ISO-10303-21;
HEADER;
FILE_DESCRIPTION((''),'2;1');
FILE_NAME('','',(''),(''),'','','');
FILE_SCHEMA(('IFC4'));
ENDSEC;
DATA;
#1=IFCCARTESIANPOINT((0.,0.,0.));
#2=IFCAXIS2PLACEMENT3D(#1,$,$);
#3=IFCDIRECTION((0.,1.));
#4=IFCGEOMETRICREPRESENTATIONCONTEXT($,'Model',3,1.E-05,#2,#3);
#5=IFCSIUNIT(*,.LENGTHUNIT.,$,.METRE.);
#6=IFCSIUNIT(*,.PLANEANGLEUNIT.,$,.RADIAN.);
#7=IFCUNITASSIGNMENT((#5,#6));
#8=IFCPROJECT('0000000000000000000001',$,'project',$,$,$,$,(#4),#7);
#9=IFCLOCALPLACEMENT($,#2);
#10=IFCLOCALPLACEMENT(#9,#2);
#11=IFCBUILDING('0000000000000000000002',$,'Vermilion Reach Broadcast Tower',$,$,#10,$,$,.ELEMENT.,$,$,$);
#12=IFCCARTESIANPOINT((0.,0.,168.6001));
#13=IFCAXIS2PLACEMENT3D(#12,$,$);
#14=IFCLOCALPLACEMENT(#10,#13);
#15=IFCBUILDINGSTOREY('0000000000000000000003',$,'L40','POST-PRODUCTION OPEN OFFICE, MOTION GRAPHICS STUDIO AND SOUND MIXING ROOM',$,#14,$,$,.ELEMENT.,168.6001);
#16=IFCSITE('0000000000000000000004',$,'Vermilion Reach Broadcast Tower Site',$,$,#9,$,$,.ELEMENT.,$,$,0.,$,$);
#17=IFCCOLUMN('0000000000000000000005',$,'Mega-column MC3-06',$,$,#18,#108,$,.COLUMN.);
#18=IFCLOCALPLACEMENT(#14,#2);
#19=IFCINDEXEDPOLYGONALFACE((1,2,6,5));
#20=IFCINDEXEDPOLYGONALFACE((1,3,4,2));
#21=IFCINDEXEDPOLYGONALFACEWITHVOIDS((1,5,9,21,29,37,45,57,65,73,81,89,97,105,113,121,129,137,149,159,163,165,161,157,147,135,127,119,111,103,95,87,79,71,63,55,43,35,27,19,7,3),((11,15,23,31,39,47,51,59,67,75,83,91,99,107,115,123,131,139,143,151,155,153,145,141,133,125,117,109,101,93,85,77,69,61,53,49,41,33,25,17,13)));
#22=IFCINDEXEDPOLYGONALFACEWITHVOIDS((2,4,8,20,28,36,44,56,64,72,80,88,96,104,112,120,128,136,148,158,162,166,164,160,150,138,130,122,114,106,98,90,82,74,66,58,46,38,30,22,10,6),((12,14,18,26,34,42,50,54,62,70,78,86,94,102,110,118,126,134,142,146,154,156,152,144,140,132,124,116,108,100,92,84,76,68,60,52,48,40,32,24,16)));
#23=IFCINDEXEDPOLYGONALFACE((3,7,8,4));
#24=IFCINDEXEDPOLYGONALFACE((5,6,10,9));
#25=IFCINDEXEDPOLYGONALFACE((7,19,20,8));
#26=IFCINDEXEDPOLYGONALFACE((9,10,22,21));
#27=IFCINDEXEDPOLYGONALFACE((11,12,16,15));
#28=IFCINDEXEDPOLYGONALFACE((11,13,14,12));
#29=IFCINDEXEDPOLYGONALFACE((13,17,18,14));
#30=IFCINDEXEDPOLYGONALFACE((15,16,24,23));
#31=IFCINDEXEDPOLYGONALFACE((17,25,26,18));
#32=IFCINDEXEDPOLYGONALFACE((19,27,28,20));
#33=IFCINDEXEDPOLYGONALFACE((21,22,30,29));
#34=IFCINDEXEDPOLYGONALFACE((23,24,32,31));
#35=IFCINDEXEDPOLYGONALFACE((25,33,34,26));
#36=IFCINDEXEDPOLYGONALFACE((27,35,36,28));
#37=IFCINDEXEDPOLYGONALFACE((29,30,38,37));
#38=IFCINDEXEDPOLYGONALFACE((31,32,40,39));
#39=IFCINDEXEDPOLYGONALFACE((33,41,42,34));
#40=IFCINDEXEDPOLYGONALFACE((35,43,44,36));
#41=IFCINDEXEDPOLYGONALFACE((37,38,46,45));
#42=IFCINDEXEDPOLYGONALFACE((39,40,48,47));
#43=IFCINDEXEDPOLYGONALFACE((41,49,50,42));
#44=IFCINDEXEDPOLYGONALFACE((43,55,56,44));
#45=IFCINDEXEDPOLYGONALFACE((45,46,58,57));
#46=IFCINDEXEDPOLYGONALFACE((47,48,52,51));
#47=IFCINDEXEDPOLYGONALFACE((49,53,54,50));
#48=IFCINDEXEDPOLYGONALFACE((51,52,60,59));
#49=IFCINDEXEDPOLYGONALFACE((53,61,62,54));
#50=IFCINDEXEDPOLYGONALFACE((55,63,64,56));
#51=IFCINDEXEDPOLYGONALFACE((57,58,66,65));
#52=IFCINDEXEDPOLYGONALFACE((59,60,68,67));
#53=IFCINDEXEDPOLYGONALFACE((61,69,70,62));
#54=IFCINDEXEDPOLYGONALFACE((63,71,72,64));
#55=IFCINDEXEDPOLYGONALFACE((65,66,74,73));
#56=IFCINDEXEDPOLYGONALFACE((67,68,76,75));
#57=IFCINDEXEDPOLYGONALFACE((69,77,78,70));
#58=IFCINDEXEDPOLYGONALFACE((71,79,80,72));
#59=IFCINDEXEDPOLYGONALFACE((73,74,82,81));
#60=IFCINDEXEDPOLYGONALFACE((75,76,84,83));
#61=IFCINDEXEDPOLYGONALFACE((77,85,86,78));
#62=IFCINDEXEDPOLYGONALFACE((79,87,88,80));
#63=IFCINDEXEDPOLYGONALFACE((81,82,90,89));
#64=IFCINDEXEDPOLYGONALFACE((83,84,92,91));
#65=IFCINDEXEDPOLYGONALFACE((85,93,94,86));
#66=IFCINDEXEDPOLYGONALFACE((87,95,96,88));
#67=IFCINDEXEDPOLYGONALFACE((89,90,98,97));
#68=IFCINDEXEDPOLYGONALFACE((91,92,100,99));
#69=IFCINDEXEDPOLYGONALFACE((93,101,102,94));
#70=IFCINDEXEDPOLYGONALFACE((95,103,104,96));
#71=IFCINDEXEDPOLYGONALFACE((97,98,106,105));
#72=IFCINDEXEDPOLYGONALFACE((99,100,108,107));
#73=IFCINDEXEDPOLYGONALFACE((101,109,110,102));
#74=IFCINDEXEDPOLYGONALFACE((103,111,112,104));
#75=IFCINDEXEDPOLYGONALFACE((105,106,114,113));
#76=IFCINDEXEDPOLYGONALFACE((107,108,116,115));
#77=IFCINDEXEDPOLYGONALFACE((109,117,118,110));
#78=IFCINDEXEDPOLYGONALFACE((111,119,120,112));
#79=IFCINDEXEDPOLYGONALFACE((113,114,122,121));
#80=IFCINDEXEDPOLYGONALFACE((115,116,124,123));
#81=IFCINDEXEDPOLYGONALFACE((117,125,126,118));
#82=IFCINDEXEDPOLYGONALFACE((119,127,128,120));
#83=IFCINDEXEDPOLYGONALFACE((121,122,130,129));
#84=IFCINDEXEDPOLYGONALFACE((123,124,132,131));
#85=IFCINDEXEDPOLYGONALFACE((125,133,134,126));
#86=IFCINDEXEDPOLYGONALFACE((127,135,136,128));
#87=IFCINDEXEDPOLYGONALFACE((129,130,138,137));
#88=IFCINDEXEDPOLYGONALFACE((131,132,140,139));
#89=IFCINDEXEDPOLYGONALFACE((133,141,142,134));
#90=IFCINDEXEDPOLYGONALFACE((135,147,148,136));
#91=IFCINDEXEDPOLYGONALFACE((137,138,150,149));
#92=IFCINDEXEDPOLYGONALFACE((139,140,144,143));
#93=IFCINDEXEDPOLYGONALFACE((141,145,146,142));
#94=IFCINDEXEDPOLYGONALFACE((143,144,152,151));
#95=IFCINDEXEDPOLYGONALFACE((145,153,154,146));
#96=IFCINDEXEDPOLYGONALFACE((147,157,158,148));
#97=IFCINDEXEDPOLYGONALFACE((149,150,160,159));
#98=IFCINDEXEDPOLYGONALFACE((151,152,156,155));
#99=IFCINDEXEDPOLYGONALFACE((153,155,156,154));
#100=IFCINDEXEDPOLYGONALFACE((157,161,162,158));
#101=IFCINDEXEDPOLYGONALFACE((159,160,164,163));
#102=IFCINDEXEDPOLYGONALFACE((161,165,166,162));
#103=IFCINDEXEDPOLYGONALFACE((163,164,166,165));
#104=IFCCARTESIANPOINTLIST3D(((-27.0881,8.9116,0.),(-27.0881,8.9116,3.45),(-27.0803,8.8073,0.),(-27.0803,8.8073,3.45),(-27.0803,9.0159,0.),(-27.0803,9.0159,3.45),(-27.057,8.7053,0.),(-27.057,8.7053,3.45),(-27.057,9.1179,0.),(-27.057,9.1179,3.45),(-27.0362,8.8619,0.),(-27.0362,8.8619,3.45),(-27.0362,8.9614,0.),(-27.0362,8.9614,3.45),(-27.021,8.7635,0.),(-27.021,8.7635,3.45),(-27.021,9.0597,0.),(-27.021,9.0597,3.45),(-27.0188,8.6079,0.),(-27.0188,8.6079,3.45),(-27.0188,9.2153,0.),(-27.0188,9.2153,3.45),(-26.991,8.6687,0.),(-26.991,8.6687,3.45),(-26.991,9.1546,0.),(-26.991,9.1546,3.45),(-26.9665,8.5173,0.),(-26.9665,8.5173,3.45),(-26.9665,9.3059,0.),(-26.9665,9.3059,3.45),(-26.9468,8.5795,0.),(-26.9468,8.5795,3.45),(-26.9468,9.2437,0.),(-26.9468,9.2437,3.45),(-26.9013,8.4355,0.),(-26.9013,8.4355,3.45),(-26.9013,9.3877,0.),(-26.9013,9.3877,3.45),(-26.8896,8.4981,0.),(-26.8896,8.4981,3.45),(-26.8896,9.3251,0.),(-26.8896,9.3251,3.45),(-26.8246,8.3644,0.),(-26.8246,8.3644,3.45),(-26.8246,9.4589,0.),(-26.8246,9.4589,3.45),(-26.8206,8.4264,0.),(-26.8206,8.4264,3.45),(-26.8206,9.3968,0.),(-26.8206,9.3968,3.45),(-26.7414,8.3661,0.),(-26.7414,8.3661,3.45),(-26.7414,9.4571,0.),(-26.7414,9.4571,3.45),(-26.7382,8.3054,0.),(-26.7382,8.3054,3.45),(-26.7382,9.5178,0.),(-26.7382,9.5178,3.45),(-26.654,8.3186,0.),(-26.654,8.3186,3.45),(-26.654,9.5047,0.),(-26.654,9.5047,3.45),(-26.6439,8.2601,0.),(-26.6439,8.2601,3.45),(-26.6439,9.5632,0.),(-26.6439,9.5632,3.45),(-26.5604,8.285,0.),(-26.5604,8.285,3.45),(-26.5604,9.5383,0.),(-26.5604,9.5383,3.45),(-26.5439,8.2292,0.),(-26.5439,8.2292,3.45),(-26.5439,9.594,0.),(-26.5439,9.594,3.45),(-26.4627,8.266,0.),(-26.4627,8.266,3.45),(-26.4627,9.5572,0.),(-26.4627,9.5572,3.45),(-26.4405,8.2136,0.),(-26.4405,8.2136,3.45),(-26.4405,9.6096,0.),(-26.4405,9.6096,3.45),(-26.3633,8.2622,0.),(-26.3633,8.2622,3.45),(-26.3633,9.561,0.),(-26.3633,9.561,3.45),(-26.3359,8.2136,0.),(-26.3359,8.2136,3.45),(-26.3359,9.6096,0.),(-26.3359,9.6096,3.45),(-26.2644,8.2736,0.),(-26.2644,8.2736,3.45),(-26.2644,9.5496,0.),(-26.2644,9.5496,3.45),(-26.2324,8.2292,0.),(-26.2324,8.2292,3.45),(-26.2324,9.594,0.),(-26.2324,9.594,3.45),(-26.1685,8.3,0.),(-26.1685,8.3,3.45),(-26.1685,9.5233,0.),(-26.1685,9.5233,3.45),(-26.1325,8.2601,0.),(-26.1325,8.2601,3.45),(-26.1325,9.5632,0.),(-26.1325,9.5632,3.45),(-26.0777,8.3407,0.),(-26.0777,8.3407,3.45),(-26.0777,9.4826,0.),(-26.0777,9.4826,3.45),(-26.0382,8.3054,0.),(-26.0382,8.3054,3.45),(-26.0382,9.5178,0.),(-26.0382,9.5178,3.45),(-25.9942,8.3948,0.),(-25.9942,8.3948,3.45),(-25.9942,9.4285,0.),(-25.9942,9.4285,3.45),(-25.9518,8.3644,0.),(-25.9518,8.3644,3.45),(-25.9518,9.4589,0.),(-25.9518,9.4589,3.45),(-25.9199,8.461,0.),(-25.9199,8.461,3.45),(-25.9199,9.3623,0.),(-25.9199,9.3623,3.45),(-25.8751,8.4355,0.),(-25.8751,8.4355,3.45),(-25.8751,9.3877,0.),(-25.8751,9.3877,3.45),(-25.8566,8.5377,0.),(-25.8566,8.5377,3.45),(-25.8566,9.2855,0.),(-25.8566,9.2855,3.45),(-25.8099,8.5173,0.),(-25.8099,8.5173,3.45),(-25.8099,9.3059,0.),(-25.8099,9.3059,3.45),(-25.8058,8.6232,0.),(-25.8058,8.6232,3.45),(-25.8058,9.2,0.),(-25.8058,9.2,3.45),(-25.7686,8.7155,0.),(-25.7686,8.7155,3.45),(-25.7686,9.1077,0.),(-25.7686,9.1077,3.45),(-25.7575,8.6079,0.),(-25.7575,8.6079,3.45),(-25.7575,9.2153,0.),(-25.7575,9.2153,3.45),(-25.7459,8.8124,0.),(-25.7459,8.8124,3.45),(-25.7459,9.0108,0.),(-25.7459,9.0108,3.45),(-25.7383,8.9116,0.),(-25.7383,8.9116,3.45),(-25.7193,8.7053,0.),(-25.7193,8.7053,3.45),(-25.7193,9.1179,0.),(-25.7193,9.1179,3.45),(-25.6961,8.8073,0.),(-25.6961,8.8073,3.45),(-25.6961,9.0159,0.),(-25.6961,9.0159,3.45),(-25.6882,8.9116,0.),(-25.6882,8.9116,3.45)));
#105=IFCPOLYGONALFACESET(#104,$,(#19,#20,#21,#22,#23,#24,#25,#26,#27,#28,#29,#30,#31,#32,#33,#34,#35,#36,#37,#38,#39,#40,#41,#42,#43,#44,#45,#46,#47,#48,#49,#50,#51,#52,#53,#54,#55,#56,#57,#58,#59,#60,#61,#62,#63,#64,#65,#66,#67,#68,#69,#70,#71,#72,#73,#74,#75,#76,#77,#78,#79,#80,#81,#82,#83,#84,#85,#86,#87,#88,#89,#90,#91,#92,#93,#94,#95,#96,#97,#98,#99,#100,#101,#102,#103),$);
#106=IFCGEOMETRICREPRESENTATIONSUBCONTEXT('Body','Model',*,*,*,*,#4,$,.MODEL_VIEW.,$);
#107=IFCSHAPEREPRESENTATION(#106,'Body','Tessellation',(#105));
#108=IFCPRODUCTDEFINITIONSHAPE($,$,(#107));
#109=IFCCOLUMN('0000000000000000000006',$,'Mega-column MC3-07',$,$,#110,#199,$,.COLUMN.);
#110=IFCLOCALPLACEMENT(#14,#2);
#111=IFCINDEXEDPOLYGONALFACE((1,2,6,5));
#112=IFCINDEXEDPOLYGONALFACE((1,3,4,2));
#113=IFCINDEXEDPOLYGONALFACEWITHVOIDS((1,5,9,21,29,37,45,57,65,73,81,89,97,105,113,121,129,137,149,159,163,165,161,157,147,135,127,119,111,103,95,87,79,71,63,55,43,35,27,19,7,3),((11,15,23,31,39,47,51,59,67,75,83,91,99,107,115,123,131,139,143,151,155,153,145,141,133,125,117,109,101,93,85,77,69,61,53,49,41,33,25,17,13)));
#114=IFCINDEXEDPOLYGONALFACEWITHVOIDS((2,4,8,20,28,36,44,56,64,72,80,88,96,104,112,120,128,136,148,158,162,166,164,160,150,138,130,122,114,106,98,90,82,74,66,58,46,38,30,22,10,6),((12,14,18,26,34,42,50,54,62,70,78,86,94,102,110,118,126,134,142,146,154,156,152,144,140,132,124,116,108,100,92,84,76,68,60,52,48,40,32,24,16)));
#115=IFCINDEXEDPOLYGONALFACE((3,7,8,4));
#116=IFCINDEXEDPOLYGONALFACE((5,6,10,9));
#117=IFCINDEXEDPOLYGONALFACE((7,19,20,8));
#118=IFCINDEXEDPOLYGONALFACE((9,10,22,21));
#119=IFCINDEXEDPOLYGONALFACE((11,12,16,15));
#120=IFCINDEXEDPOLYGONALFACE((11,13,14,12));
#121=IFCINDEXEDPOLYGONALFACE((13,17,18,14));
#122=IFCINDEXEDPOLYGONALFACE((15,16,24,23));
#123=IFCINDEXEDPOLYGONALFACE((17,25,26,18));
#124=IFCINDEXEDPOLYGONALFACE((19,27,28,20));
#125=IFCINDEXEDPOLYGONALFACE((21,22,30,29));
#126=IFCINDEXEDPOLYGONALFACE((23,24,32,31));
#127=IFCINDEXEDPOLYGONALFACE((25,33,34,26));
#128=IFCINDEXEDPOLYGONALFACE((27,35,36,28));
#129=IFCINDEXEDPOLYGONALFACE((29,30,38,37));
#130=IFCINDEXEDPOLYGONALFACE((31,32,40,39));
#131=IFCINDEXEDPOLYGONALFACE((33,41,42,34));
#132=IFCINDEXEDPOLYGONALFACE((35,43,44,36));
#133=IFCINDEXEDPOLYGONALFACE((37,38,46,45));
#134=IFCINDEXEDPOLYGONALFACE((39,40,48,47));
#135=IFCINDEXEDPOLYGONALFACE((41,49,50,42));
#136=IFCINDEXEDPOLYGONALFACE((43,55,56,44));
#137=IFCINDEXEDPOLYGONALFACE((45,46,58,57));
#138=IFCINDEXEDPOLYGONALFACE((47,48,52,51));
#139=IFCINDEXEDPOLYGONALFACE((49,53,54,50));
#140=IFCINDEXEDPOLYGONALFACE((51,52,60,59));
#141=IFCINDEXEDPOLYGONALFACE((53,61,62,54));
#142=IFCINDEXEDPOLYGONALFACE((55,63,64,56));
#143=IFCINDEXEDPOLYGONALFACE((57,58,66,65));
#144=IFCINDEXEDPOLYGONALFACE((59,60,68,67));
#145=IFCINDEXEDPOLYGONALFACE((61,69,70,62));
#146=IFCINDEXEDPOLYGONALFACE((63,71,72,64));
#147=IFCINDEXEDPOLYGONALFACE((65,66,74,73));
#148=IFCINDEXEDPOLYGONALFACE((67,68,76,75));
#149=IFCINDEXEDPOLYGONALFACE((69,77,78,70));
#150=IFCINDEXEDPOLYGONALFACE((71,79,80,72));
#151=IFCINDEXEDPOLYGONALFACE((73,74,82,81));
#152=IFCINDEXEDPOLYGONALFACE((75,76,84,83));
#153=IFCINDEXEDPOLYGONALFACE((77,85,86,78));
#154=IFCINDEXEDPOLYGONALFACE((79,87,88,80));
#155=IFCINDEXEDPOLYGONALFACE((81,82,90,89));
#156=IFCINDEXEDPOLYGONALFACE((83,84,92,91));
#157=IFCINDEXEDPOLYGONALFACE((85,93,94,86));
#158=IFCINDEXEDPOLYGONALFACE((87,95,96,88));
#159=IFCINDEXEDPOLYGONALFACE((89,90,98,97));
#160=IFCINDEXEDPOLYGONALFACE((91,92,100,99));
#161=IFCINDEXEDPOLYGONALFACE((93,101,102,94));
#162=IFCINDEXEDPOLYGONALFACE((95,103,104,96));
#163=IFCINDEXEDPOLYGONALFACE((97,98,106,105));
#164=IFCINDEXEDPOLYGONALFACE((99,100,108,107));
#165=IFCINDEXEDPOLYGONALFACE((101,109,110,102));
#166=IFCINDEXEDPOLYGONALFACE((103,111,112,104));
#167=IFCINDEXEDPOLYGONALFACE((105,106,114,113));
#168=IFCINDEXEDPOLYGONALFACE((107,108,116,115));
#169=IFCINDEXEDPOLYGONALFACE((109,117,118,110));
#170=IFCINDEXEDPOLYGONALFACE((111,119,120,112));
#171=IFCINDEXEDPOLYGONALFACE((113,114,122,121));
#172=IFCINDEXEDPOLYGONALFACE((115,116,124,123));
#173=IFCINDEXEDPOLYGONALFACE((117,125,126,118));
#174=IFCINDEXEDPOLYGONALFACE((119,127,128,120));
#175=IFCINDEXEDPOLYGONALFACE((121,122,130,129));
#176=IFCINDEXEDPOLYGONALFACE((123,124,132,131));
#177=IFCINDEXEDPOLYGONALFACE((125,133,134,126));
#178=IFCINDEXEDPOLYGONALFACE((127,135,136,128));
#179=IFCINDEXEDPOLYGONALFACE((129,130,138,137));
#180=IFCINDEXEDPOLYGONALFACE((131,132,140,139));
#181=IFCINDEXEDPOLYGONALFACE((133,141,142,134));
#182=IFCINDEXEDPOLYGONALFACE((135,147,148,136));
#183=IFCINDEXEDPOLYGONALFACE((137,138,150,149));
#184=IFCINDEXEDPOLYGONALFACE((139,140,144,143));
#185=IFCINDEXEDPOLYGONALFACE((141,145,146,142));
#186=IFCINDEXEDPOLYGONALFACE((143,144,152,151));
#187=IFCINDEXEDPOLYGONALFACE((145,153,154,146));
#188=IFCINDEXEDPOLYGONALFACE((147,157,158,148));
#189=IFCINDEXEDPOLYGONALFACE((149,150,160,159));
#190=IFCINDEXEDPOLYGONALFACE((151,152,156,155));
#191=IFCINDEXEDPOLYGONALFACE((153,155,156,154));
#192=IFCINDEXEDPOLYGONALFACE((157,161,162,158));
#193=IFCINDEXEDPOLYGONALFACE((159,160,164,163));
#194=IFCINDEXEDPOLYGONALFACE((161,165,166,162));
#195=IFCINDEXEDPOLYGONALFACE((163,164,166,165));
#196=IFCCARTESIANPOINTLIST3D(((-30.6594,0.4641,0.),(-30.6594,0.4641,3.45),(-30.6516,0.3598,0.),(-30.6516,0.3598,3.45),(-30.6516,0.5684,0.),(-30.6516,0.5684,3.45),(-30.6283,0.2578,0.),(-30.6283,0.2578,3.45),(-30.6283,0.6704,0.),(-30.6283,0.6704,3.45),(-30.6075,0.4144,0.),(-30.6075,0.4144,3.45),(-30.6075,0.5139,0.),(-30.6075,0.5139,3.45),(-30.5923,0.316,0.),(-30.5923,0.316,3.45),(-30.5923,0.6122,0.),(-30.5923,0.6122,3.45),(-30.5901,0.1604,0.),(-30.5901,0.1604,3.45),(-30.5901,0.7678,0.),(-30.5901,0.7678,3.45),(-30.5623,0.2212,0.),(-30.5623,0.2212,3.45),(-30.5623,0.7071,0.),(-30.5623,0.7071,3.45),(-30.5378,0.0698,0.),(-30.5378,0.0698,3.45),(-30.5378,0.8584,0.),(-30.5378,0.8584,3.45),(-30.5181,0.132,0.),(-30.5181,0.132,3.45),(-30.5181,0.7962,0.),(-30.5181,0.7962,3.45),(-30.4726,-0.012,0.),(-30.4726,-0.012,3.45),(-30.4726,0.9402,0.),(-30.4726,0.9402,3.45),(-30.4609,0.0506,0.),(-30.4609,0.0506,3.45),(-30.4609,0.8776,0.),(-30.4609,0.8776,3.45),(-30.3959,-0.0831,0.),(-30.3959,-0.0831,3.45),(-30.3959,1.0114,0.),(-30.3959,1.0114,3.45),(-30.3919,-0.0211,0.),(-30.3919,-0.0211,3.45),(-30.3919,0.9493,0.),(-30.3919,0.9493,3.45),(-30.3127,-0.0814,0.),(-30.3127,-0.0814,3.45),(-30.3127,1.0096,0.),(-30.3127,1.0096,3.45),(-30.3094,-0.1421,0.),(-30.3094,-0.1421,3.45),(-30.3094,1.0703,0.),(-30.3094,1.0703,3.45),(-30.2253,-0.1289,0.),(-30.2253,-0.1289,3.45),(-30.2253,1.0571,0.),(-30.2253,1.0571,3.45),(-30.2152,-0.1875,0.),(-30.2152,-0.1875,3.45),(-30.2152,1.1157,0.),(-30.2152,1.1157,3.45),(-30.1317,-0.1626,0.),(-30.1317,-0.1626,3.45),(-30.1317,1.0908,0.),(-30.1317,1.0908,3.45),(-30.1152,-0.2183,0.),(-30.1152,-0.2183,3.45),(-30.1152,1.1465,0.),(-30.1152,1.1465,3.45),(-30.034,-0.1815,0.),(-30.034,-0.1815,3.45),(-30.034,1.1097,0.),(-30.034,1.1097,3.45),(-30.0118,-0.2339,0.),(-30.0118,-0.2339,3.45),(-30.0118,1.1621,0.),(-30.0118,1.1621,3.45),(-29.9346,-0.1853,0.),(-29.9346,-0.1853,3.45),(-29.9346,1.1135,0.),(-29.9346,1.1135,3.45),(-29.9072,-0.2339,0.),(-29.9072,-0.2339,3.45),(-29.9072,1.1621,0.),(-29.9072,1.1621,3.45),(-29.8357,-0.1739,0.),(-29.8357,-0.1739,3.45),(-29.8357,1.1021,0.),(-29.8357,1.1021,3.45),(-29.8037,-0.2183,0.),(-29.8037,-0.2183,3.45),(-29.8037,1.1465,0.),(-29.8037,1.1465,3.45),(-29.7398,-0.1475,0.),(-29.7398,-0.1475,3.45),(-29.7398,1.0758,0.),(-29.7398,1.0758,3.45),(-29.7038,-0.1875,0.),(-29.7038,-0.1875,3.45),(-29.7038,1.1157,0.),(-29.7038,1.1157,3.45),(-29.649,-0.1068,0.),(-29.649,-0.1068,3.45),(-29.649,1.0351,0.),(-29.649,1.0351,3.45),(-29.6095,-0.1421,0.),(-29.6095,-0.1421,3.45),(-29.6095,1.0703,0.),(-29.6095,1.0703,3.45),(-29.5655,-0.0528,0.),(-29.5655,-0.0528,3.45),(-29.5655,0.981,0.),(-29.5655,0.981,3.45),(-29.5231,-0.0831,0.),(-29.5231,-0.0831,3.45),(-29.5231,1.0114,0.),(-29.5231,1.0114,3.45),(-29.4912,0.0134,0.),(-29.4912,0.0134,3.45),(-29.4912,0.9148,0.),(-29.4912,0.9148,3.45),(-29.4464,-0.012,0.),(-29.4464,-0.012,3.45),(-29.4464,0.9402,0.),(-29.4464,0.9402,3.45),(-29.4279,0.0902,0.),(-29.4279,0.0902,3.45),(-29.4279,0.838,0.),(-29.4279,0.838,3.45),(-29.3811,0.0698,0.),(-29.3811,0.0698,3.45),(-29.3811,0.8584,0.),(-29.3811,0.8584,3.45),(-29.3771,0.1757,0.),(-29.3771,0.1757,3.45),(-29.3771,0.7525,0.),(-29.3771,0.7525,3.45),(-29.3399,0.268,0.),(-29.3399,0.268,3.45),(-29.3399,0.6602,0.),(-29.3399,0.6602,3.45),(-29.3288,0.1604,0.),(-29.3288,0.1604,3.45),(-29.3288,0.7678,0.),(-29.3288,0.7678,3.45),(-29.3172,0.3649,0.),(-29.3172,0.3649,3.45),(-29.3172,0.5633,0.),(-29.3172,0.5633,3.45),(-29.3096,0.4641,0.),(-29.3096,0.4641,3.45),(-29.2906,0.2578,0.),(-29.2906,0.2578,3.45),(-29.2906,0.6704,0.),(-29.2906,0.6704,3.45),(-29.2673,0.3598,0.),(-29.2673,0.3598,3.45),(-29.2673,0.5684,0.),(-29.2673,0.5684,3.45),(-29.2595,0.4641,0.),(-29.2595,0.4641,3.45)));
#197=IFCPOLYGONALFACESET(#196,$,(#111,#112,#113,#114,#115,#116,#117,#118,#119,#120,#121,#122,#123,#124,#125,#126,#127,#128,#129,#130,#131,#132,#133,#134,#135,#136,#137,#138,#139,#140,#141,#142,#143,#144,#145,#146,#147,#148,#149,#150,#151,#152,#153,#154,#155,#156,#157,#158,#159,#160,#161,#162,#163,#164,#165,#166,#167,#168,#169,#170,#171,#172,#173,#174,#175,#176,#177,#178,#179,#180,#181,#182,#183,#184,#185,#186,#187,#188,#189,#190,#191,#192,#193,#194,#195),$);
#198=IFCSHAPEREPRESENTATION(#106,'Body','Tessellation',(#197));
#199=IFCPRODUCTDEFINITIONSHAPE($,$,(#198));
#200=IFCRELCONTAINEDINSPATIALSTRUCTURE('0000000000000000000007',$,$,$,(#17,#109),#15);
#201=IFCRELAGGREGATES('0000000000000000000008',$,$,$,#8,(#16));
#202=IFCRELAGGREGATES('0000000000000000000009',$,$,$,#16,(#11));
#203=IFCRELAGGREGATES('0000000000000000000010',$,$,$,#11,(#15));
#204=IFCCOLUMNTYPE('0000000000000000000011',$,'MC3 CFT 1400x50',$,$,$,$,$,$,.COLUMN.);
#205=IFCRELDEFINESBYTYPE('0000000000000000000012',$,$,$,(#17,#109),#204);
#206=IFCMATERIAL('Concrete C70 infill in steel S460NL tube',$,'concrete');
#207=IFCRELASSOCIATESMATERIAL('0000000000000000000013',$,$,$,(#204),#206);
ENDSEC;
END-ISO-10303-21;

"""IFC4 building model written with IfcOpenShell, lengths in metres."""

from ifc_helpers import new_model, si_unit, direction, frame, origin, origin_2d, place, context, subcontext, project, spatial, hollow_circle, extrude, material, material_profile, profile_set, type_object, element, save


model = new_model("IFC4")

# Units and contexts
model_context = context("Model", 3, precision=1e-05, world=origin(), true_north=direction((0.0, 1.0)))
body_context = subcontext(model_context, "Body", "Model", "MODEL_VIEW")
ifc_project = project(units=[si_unit("LENGTHUNIT", "METRE"), si_unit("PLANEANGLEUNIT", "RADIAN")], contexts=[model_context])

# Site, building, storey
site_placement = place(None, origin())
site = spatial("IfcSite", under=ifc_project, at=site_placement, Name="Vermilion Reach Broadcast Tower Site", CompositionType="ELEMENT", RefElevation=0.0)
building_placement = place(site_placement, origin())
building = spatial("IfcBuilding", under=site, at=building_placement, Name="Vermilion Reach Broadcast Tower", CompositionType="ELEMENT")
storey_placement = place(building_placement, frame((0.0, 0.0, 168.6001)))
storey = spatial("IfcBuildingStorey", under=building, at=storey_placement, Name="L40", Description="POST-PRODUCTION OPEN OFFICE, MOTION GRAPHICS STUDIO AND SOUND MIXING ROOM", CompositionType="ELEMENT", Elevation=168.6001)

# Columns
ifc_material_1 = material(Name="Concrete C70 infill in steel S460NL tube", Category="concrete")
ifc_material_profile_1 = material_profile(ifc_material_1, hollow_circle(Radius=0.7, WallThickness=0.05, at=origin_2d()), Name="Concrete C70 infill in steel S460NL tube CFT 1400x50")
ifc_profile_set_1 = profile_set([ifc_material_profile_1], Name="Concrete C70 infill in steel S460NL tube")
column_type = type_object("IfcColumnType", Name="MC3 CFT 1400x50", PredefinedType="COLUMN", material=ifc_profile_set_1)
for number, where, z_axis, x_axis, name in (
    (1, (-26.3882, 8.9116, 0.0), (0.0, 0.0, 1.0), (1.0, 0.0, 0.0), "Mega-column MC3-06"),
    (2, (-29.9595, 0.4641, 0.0), (0.0, 0.0, 1.0), (1.0, 0.0, 0.0), "Mega-column MC3-07"),
):
    element("IfcColumn", number, at=place(storey_placement, frame(where, z_axis=z_axis, x_axis=x_axis)), inside=storey, type_object=column_type, Name=name, PredefinedType="COLUMN", context=body_context, shape_type="SweptSolid", body=[
        extrude(hollow_circle(Radius=0.7, WallThickness=0.05, at=origin_2d()), origin(), (0.0, 0.0, 1.0), 3.45),
    ])

save(model, "model.ifc")
